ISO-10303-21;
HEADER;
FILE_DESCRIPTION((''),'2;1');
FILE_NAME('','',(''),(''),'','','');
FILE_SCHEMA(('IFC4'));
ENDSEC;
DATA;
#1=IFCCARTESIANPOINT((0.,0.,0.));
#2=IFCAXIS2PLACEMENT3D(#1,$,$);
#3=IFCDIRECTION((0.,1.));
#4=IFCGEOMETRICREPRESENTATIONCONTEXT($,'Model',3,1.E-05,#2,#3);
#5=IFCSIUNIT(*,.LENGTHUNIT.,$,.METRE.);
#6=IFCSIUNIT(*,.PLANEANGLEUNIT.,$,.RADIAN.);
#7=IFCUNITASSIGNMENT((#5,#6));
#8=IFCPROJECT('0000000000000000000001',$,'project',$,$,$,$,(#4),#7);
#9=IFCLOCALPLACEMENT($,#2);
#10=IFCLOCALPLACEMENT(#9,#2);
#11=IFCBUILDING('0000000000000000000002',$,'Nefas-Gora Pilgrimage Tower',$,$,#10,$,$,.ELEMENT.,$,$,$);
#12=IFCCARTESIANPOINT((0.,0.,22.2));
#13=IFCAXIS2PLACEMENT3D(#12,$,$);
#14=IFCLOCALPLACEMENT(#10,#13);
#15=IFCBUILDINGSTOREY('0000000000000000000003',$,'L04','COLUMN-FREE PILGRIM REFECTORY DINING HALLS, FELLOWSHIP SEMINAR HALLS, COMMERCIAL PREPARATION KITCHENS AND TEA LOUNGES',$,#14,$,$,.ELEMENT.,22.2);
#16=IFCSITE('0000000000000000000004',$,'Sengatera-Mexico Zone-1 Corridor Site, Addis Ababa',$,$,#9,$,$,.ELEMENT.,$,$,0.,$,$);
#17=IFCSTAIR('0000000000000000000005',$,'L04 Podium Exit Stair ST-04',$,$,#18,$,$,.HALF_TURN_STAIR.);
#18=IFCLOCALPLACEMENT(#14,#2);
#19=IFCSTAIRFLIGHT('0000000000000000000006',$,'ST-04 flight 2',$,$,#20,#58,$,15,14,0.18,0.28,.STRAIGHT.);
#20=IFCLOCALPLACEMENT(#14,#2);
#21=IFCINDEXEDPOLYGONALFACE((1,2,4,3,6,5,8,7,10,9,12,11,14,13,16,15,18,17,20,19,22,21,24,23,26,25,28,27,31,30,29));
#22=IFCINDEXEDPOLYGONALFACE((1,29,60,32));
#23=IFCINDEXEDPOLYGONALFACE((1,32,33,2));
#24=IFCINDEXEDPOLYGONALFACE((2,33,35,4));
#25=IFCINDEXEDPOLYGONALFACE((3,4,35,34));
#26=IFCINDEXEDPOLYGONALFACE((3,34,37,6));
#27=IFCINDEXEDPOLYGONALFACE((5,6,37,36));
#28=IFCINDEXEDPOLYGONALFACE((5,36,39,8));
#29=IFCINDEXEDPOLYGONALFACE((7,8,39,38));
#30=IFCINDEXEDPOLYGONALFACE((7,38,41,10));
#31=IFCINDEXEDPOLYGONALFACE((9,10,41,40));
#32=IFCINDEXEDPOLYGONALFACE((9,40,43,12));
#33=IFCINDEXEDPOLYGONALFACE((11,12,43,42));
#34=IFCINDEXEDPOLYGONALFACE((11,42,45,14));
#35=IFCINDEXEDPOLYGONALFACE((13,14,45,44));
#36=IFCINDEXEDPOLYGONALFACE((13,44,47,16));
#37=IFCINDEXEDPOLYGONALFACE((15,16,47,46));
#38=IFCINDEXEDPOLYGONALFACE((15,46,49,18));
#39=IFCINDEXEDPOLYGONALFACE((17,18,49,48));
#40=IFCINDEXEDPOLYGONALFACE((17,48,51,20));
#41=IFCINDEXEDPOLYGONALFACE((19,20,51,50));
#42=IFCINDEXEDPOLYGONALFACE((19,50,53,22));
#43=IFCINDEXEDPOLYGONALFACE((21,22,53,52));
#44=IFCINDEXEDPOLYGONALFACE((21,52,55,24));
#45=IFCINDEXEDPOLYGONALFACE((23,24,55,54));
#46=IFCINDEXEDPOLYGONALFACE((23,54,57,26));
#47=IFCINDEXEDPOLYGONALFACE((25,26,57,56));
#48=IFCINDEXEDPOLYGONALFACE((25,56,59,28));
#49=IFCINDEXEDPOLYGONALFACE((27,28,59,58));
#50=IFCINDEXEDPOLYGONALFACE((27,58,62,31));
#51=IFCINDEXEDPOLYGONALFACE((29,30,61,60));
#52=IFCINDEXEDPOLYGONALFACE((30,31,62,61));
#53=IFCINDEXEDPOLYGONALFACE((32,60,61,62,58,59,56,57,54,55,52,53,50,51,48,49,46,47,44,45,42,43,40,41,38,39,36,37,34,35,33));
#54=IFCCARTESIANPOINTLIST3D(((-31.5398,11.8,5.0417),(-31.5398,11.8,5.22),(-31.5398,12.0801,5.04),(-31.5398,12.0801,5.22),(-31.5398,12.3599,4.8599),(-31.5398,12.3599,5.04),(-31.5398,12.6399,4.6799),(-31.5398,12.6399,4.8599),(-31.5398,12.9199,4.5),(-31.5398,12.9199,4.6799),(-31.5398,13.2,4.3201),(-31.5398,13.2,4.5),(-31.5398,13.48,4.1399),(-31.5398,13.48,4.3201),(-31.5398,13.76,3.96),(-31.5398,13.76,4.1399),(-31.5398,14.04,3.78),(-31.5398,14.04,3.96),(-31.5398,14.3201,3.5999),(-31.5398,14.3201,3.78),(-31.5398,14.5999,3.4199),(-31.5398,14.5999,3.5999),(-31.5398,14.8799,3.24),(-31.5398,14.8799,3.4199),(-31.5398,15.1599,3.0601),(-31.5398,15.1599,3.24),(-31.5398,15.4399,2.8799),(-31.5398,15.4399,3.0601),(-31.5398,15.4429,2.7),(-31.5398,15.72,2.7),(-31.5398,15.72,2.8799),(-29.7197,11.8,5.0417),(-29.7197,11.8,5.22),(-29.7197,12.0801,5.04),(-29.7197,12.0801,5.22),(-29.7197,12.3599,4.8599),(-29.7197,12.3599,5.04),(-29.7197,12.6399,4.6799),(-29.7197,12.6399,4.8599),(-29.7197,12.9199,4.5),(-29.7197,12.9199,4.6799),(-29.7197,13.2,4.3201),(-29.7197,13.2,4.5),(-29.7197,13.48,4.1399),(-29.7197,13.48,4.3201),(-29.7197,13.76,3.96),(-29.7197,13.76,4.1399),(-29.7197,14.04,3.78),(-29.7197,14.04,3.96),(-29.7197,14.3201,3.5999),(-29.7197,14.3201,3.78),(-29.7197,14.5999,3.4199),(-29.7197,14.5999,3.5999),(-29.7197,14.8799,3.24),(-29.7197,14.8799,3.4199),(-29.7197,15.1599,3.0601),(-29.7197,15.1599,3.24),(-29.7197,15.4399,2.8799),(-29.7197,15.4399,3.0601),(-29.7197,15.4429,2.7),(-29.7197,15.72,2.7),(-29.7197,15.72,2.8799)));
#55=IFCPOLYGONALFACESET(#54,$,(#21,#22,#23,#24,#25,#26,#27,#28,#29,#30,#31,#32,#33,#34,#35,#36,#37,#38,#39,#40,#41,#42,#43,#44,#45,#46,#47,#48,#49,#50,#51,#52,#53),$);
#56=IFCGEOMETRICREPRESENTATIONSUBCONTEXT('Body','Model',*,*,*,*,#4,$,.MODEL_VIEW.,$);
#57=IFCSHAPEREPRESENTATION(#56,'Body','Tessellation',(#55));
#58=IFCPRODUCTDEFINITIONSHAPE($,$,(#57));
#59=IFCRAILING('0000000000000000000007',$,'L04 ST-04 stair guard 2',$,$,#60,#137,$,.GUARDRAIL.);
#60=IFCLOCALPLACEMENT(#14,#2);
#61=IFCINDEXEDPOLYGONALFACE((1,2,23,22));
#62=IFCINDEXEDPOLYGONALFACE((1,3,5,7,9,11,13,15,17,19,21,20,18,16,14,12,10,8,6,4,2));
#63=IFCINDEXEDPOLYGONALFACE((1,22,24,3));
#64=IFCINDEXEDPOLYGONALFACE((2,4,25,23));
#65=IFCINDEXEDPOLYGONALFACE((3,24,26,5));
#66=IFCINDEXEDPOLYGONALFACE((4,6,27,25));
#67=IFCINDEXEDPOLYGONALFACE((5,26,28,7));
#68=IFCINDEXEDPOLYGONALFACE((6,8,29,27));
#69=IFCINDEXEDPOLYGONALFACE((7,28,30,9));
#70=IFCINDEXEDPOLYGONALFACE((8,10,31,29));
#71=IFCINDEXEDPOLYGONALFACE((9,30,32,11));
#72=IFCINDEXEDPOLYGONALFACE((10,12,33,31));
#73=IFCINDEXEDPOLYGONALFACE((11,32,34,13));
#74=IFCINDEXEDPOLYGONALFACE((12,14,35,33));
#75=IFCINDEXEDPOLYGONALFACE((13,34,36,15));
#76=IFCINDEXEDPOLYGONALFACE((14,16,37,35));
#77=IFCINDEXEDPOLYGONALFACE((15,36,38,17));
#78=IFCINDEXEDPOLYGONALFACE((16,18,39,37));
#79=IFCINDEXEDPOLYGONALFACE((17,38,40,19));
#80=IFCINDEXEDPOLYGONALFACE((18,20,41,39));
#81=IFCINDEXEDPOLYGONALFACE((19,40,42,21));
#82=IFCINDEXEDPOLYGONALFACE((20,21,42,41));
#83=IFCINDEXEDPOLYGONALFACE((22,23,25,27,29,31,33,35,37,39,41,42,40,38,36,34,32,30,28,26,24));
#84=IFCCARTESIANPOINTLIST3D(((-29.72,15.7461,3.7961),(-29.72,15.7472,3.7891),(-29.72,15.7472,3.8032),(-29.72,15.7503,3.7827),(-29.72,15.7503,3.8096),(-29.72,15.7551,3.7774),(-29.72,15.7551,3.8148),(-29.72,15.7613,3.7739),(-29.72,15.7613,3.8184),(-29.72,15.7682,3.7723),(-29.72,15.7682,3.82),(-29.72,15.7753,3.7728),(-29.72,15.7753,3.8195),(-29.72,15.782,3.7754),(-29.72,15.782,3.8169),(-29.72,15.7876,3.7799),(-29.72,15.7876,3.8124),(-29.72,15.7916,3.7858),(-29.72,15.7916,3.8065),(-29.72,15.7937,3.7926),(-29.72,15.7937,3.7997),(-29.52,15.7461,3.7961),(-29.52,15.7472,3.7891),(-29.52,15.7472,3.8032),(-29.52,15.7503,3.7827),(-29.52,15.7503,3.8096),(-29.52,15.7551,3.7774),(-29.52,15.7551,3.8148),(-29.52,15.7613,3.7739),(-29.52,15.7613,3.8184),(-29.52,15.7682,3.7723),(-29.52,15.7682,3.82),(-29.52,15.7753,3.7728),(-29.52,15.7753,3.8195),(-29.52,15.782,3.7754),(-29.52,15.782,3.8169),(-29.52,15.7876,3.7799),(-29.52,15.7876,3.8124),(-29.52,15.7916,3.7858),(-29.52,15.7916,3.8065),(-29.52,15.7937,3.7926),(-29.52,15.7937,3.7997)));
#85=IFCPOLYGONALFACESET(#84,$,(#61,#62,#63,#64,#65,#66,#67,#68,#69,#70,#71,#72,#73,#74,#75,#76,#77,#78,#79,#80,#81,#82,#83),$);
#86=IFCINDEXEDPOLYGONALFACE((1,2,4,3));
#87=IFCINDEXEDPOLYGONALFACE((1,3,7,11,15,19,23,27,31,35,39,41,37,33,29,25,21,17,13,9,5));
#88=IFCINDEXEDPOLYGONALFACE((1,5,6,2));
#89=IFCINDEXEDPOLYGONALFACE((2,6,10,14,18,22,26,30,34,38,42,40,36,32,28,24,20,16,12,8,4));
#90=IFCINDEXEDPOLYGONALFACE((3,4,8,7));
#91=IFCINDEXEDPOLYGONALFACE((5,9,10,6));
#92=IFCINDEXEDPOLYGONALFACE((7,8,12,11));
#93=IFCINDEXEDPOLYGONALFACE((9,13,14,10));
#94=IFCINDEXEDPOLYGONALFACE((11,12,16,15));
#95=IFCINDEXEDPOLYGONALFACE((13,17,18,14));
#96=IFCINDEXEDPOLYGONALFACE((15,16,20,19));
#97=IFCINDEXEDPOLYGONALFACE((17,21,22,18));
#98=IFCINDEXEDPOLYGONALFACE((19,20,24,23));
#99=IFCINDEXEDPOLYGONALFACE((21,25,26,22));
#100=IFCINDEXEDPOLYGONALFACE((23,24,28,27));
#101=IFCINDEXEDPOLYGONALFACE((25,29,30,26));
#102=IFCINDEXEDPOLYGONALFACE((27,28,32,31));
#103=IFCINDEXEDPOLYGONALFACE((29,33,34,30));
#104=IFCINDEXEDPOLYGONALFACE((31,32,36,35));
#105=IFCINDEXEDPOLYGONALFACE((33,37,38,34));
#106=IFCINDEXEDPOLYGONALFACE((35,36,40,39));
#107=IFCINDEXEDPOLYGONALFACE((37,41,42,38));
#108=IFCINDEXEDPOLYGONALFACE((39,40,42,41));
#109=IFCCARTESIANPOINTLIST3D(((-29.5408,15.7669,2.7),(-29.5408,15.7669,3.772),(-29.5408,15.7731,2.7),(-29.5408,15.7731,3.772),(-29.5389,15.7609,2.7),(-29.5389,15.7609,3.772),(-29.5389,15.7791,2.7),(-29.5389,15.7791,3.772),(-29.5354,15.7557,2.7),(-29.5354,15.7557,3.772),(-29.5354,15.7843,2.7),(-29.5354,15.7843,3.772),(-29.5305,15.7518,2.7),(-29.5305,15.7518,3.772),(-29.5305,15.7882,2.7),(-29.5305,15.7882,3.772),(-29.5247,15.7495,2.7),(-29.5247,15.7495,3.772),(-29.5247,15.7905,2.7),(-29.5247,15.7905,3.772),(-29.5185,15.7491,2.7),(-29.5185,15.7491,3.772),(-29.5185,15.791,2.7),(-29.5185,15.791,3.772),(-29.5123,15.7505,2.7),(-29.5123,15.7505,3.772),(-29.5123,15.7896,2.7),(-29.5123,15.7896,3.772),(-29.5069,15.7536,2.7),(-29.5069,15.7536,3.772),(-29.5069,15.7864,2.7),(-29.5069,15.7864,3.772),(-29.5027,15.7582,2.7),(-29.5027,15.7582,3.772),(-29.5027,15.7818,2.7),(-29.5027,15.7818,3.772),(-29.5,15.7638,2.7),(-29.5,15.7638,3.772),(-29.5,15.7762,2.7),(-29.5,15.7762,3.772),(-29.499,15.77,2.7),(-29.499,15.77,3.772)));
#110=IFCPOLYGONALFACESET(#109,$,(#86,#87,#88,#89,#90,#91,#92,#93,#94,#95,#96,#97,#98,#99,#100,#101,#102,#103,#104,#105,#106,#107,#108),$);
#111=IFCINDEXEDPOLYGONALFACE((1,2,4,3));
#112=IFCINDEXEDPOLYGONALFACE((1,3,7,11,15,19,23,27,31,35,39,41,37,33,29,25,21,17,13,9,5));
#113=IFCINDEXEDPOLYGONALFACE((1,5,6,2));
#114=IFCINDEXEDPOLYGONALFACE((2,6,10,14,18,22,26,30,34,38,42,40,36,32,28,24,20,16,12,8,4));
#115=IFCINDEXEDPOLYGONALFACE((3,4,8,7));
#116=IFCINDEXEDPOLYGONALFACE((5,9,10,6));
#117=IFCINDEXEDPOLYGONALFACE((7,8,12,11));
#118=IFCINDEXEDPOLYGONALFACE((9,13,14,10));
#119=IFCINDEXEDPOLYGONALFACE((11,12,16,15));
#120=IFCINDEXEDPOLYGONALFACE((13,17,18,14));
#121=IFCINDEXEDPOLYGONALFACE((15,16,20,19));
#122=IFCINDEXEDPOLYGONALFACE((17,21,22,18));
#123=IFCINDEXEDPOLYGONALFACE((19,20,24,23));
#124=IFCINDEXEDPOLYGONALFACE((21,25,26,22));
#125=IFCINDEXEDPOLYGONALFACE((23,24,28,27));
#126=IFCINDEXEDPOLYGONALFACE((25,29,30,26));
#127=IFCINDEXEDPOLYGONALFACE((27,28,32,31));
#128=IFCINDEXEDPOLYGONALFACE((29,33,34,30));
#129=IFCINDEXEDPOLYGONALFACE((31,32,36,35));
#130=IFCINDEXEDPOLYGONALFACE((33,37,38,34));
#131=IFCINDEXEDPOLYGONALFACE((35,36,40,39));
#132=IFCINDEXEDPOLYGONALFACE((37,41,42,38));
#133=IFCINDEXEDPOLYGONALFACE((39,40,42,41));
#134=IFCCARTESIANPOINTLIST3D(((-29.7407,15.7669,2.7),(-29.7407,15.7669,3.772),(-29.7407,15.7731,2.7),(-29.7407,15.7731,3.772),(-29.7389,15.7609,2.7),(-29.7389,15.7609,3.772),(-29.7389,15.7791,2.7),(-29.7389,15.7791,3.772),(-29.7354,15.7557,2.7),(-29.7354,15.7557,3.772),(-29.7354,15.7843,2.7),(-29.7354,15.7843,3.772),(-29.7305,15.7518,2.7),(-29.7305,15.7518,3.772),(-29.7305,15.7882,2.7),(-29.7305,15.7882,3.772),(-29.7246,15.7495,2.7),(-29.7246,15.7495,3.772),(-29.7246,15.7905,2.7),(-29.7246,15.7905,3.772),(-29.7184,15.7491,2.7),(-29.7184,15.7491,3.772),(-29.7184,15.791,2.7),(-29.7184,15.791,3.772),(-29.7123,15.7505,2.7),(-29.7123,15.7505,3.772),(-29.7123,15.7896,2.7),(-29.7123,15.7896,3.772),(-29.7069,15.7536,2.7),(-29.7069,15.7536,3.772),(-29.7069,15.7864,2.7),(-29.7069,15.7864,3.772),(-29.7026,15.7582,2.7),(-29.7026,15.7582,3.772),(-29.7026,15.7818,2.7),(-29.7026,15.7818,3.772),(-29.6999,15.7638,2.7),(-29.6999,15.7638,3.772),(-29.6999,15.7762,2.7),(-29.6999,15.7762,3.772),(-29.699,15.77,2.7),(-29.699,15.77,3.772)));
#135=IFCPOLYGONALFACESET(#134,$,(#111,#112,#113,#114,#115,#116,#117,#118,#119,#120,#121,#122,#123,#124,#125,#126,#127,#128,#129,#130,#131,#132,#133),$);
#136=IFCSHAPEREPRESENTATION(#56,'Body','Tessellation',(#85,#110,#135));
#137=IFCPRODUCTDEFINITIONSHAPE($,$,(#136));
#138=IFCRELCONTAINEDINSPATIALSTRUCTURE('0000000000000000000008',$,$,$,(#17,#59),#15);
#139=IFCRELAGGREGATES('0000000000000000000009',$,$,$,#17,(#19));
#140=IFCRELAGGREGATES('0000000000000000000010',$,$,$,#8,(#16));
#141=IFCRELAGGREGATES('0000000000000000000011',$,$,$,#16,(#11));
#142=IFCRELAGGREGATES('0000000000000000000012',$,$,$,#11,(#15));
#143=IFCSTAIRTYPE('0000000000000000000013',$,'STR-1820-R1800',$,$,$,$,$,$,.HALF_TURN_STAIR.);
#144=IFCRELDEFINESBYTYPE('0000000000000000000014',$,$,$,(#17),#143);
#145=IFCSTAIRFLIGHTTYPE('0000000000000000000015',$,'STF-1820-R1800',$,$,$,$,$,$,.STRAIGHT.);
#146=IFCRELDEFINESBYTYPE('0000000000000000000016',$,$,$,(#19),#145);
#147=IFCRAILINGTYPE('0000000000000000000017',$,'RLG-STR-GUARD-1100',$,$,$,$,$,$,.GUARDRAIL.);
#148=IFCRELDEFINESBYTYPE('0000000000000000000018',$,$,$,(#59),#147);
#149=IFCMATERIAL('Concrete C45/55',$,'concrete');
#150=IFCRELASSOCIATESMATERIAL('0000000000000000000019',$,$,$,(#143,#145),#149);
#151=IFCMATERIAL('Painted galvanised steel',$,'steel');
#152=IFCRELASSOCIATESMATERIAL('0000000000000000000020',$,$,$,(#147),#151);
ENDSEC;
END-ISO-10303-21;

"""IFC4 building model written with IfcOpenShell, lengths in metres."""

from ifc_helpers import new_model, si_unit, direction, frame, origin, origin_2d, place, context, subcontext, project, spatial, polyline, circle, outline, extrude, source, transform, mapped, material, type_object, element, aggregate, save


model = new_model("IFC4")

# Units and contexts
model_context = context("Model", 3, precision=1e-05, world=origin(), true_north=direction((0.0, 1.0)))
body_context = subcontext(model_context, "Body", "Model", "MODEL_VIEW")
ifc_project = project(units=[si_unit("LENGTHUNIT", "METRE"), si_unit("PLANEANGLEUNIT", "RADIAN")], contexts=[model_context])

# Site, building, storey
site_placement = place(None, origin())
site = spatial("IfcSite", under=ifc_project, at=site_placement, Name="Sengatera-Mexico Zone-1 Corridor Site, Addis Ababa", CompositionType="ELEMENT", RefElevation=0.0)
building_placement = place(site_placement, origin())
building = spatial("IfcBuilding", under=site, at=building_placement, Name="Nefas-Gora Pilgrimage Tower", CompositionType="ELEMENT")
storey_placement = place(building_placement, frame((0.0, 0.0, 22.2)))
storey = spatial("IfcBuildingStorey", under=building, at=storey_placement, Name="L04", Description="COLUMN-FREE PILGRIM REFECTORY DINING HALLS, FELLOWSHIP SEMINAR HALLS, COMMERCIAL PREPARATION KITCHENS AND TEA LOUNGES", CompositionType="ELEMENT", Elevation=22.2)

# Shared definitions
ifc_material_1 = material(Name="Concrete C45/55", Category="concrete")

# Stair, stair flight
stair_type = type_object("IfcStairType", Name="STR-1820-R1800", PredefinedType="HALF_TURN_STAIR", material=ifc_material_1)
stair_placement = place(storey_placement, origin())
stair = element("IfcStair", 1, at=stair_placement, inside=storey, type_object=stair_type, Name="L04 Podium Exit Stair ST-04", PredefinedType="HALF_TURN_STAIR")
stair_flight_type = type_object("IfcStairFlightType", Name="STF-1820-R1800", PredefinedType="STRAIGHT", material=ifc_material_1)
shared_shape_1 = source(origin(), body_context, "Body", "SweptSolid", [
    extrude(outline(polyline([(0.0, 0.0), (0.0, 0.1799), (0.28, 0.1799), (0.28, 0.3601), (0.5601, 0.3601), (0.5601, 0.54), (0.8401, 0.54), (0.8401, 0.72), (1.1201, 0.72), (1.1201, 0.8999), (1.3999, 0.8999), (1.3999, 1.0801), (1.6799, 1.0801), (1.6799, 1.26), (1.96, 1.26), (1.96, 1.4399), (2.24, 1.4399), (2.24, 1.6201), (2.52, 1.6201), (2.52, 1.8), (2.8, 1.8), (2.8, 1.98), (3.0801, 1.98), (3.0801, 2.1599), (3.3601, 2.1599), (3.3601, 2.3401), (3.6399, 2.3401), (3.6399, 2.52), (3.9199, 2.52), (3.9199, 2.7), (3.9199, 2.3418), (0.2771, 0.0), (0.0, 0.0)])), frame((0.0, 0.9102, 0.0), z_axis=(0.0, -1.0, 0.0), x_axis=(1.0, 0.0, 0.0)), (0.0, 0.0, 1.0), 1.8201),
])
stair_flight_placement = place(storey_placement, frame((-30.6299, 15.72, 2.7), z_axis=(0.0, 0.0, 1.0), x_axis=(0.0, -1.0, 0.0)))
stair_flight = element("IfcStairFlight", 2, at=stair_flight_placement, type_object=stair_flight_type, Name="ST-04 flight 2", NumberOfRisers=15, NumberOfTreads=14, PredefinedType="STRAIGHT", RiserHeight=0.18, TreadLength=0.28, context=body_context, shape_type="MappedRepresentation", body=[
    mapped(shared_shape_1, transform((0.0, 0.0, 0.0), x_axis=(1.0, 0.0, 0.0), y_axis=(0.0, 1.0, 0.0), z_axis=(0.0, 0.0, 1.0), scale=1.0)),
])
aggregate(stair, [stair_flight])

# Railing
ifc_material_2 = material(Name="Painted galvanised steel", Category="steel")
railing_type_1 = type_object("IfcRailingType", Name="RLG-STR-GUARD-1100", PredefinedType="GUARDRAIL", material=ifc_material_2)
railing_1_placement = place(storey_placement, frame((-29.52, 15.77, 2.7)))
element("IfcRailing", 3, at=railing_1_placement, inside=storey, type_object=railing_type_1, Name="L04 ST-04 stair guard 2", PredefinedType="GUARDRAIL", context=body_context, shape_type="SweptSolid", body=[
    extrude(circle(Radius=0.0239, at=origin_2d()), frame((0.0, 0.0, 1.0962), z_axis=(-1.0, 0.0, 0.0), x_axis=(0.0, -1.0, 0.0)), (0.0, 0.0, 1.0), 0.2),
    extrude(circle(Radius=0.021, at=origin_2d()), origin(), (0.0, 0.0, 1.0), 1.072),
    extrude(circle(Radius=0.021, at=origin_2d()), frame((-0.2, 0.0, 0.0)), (0.0, 0.0, 1.0), 1.072),
])

save(model, "model.ifc")
